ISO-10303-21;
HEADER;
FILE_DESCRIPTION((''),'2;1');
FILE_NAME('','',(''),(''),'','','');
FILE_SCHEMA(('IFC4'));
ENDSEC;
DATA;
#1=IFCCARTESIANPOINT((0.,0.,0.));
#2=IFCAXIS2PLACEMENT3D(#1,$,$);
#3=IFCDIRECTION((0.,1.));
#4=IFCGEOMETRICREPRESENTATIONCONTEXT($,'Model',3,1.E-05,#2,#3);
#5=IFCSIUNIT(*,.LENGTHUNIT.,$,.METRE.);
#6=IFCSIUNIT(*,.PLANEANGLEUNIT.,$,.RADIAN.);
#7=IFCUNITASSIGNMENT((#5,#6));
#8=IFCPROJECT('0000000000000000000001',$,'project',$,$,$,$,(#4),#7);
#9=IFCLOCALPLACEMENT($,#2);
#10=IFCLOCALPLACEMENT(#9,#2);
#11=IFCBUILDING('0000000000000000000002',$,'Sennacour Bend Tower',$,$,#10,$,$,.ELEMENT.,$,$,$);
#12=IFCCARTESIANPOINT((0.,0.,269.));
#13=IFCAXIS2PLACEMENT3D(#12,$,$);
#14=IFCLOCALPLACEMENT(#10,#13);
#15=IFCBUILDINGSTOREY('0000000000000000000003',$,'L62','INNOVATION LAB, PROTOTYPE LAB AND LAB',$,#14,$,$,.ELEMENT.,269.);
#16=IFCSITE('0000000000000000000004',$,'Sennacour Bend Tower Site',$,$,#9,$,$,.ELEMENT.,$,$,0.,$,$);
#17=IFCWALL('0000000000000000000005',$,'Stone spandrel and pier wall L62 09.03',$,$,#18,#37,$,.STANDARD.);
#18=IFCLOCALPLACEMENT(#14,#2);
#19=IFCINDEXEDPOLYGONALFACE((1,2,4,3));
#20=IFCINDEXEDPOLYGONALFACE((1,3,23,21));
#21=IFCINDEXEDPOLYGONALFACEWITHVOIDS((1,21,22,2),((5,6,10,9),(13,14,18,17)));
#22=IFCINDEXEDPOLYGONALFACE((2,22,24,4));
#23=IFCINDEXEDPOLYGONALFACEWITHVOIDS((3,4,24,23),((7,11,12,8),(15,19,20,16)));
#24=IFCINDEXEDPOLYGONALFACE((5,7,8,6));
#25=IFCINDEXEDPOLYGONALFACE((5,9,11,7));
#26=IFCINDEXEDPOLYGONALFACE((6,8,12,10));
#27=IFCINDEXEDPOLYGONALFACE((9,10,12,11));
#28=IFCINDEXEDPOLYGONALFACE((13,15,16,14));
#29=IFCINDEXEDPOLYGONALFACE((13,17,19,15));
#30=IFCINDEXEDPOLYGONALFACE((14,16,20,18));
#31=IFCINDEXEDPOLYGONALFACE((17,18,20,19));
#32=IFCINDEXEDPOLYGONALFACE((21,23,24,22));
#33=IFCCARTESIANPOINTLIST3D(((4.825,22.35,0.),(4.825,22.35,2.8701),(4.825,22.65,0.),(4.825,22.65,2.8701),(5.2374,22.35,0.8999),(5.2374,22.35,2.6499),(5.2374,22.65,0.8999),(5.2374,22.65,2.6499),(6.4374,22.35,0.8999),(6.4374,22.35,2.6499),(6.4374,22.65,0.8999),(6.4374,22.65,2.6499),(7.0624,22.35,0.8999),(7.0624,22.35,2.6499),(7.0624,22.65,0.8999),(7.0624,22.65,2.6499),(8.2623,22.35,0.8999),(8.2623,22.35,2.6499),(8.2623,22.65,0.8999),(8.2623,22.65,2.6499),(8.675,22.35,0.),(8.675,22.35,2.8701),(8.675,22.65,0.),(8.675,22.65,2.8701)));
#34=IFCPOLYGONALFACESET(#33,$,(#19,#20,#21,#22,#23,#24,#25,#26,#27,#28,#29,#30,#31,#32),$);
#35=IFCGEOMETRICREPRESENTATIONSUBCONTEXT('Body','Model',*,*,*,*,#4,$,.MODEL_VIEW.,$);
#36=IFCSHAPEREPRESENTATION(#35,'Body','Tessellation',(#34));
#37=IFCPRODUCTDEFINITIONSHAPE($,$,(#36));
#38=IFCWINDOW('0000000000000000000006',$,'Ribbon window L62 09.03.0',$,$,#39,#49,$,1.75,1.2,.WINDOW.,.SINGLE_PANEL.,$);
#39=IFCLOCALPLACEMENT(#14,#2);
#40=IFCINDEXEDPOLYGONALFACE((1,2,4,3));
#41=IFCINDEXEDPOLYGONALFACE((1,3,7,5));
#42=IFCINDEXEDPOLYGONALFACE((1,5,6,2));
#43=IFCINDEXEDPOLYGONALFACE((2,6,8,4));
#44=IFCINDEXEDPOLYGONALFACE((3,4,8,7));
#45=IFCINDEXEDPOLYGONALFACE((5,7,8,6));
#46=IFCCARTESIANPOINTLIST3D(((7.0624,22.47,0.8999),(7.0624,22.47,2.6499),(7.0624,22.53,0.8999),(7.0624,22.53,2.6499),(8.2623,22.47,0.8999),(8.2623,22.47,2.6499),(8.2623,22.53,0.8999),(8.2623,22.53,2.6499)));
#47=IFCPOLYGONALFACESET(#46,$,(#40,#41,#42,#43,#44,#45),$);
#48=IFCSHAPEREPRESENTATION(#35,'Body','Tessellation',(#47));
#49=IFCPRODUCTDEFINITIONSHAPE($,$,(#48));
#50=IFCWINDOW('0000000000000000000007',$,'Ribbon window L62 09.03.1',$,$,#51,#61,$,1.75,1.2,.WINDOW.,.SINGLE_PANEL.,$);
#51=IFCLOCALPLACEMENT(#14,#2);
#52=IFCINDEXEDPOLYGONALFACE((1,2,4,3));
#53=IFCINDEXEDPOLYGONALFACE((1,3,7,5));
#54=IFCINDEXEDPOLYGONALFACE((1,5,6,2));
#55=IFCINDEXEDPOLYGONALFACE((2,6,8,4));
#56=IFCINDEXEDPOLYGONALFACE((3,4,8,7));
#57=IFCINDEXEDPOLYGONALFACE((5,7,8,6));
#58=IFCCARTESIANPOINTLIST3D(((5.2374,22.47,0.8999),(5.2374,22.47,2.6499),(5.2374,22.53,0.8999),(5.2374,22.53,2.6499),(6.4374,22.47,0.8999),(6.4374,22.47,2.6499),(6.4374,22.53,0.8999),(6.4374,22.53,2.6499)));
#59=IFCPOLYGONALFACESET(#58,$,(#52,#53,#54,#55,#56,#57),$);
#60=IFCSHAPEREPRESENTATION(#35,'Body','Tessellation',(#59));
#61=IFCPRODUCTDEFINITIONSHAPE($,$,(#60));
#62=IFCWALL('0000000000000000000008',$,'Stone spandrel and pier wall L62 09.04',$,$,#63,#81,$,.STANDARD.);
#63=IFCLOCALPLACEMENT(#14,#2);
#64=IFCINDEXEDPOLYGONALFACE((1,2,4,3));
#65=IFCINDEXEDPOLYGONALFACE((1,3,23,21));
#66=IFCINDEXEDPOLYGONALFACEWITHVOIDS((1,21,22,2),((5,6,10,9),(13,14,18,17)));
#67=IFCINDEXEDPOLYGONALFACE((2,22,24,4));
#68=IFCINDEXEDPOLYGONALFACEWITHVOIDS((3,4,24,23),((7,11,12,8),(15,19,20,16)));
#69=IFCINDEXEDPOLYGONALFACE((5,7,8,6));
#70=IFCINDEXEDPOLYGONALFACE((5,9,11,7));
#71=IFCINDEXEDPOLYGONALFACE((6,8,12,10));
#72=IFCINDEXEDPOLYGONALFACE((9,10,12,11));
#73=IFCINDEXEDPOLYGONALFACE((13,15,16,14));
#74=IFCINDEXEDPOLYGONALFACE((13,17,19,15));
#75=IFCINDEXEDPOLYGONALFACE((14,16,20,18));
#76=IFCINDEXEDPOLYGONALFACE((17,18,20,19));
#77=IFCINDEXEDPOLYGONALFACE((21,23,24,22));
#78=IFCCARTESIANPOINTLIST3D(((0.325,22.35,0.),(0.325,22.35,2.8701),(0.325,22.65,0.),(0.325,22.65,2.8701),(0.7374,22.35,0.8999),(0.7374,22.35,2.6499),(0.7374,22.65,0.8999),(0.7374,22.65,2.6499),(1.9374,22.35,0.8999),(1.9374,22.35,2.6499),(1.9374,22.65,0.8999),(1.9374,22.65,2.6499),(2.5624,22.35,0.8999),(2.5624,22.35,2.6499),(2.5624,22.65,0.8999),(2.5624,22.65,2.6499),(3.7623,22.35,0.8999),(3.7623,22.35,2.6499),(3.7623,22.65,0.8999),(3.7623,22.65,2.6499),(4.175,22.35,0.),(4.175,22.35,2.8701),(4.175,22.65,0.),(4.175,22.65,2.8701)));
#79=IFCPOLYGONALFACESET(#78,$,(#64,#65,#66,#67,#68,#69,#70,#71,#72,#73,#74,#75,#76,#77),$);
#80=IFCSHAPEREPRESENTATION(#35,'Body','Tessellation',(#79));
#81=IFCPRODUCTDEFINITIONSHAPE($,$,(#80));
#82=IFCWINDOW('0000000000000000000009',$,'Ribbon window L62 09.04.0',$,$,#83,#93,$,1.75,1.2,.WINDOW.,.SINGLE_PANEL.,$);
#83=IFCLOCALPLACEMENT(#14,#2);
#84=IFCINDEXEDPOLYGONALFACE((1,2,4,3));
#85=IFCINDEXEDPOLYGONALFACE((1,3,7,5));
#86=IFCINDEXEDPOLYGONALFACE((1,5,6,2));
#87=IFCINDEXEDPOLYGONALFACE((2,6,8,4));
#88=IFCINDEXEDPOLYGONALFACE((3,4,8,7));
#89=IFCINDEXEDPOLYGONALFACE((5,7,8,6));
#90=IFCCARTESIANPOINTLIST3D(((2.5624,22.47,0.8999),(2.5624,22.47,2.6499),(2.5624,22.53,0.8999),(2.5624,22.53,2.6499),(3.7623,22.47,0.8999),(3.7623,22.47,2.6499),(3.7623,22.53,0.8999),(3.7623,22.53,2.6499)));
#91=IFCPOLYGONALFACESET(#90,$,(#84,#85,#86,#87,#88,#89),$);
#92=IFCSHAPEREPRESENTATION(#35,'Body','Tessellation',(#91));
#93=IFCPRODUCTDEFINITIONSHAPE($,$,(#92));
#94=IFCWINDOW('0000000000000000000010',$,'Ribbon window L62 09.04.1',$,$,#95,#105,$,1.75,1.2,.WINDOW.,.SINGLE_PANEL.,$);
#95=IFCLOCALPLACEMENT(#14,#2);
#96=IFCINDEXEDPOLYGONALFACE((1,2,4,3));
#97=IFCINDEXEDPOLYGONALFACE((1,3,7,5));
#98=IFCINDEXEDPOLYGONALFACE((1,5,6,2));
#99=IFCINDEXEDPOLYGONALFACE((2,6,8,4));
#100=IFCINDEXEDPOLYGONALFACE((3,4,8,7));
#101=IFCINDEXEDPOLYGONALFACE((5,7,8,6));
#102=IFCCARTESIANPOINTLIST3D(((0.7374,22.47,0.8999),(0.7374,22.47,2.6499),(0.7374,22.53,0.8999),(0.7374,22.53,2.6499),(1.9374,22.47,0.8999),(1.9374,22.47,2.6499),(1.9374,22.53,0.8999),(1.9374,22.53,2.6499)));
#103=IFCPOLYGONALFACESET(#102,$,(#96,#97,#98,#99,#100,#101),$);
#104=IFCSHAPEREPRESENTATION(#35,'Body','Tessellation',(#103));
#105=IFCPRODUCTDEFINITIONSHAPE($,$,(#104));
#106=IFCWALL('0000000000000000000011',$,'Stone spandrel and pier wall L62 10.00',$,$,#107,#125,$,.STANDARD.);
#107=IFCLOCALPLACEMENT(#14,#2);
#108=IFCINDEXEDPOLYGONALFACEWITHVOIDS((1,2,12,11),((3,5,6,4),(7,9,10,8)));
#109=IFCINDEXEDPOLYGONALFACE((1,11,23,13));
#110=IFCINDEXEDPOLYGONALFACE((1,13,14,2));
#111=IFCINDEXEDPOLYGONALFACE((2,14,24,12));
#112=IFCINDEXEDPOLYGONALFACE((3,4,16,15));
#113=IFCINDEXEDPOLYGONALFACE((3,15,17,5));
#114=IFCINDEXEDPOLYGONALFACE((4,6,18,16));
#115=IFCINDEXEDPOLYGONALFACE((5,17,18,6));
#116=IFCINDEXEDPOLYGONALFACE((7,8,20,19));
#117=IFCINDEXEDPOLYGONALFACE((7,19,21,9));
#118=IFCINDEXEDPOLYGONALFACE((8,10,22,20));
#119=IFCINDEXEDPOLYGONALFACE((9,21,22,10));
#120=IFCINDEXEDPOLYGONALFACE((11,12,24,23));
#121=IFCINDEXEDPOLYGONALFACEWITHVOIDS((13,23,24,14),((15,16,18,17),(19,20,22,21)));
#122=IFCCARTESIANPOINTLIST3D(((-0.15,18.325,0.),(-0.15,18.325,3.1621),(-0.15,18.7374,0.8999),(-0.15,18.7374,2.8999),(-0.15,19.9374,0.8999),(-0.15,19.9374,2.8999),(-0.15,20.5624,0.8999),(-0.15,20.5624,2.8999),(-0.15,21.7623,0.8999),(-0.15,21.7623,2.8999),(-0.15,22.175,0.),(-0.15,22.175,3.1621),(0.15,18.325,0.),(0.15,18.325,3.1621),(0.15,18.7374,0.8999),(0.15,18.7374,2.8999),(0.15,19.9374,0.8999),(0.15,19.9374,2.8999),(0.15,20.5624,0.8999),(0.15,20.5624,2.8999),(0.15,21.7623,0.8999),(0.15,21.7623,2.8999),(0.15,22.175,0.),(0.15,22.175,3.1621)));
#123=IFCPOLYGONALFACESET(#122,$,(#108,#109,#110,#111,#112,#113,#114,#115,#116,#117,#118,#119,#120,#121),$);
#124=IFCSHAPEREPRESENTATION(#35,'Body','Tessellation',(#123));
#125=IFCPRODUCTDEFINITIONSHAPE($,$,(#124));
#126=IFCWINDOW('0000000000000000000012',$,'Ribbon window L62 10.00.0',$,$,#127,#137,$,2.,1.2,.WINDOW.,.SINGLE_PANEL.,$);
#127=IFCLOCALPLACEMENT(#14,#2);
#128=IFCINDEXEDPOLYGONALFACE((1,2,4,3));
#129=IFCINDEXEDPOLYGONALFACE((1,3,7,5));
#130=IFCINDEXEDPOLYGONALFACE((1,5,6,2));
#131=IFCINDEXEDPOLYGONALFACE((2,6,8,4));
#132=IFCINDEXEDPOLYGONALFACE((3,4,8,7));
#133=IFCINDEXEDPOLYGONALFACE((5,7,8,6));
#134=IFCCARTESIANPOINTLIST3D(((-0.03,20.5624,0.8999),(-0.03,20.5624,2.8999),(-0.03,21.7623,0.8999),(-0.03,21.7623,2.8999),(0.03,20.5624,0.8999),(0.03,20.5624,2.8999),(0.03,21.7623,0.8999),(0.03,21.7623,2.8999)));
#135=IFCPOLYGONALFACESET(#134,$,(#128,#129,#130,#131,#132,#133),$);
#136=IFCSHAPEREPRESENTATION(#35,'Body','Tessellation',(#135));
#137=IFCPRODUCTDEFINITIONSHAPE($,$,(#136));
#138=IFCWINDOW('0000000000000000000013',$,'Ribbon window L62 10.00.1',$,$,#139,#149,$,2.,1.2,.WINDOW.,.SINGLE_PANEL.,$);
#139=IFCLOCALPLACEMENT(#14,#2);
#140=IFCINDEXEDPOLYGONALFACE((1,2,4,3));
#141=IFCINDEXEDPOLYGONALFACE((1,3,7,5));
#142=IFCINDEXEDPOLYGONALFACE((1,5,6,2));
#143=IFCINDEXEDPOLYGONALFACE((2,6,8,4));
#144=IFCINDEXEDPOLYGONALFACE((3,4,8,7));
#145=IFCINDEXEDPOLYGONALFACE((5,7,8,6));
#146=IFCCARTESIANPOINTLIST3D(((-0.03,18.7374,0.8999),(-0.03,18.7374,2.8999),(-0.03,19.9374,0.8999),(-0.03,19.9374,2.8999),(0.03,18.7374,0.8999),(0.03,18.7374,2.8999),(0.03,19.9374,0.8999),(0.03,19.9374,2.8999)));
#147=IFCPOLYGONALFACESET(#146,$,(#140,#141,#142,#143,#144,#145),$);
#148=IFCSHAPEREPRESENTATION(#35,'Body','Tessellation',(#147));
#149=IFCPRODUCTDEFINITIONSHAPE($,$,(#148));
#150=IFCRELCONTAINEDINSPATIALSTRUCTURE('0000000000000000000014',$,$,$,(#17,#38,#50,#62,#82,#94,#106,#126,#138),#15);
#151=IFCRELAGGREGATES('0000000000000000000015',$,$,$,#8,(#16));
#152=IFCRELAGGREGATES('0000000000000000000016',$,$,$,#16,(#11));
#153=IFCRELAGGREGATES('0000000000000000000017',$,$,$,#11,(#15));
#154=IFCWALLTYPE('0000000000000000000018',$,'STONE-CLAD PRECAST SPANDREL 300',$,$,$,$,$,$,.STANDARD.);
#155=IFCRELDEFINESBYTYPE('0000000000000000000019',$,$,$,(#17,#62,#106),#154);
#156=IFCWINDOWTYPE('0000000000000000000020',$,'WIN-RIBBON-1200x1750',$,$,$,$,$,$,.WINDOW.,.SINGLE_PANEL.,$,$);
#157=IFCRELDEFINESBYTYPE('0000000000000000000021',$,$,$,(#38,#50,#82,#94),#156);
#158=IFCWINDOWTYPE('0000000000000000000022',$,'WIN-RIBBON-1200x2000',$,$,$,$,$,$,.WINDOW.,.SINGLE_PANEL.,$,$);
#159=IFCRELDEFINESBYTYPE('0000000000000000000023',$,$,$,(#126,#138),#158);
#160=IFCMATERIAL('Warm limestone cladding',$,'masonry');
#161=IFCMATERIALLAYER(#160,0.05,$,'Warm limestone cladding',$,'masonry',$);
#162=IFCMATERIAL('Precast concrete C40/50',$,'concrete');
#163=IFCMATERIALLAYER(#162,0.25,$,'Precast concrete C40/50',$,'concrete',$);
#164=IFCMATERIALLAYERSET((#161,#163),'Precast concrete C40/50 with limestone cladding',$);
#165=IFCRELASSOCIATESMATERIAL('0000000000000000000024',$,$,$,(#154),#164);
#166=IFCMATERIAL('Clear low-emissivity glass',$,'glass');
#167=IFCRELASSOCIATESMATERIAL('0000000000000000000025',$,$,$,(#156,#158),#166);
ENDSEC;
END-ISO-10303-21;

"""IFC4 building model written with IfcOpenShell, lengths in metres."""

from ifc_helpers import new_model, si_unit, direction, frame, frame_2d, origin, place, context, subcontext, project, spatial, rectangle, extrude, material, layer, layer_set, type_object, element, fill, save


model = new_model("IFC4")

# Units and contexts
model_context = context("Model", 3, precision=1e-05, world=origin(), true_north=direction((0.0, 1.0)))
body_context = subcontext(model_context, "Body", "Model", "MODEL_VIEW")
ifc_project = project(units=[si_unit("LENGTHUNIT", "METRE"), si_unit("PLANEANGLEUNIT", "RADIAN")], contexts=[model_context])

# Site, building, storey
site_placement = place(None, origin())
site = spatial("IfcSite", under=ifc_project, at=site_placement, Name="Sennacour Bend Tower Site", CompositionType="ELEMENT", RefElevation=0.0)
building_placement = place(site_placement, origin())
building = spatial("IfcBuilding", under=site, at=building_placement, Name="Sennacour Bend Tower", CompositionType="ELEMENT")
storey_placement = place(building_placement, frame((0.0, 0.0, 269.0)))
storey = spatial("IfcBuildingStorey", under=building, at=storey_placement, Name="L62", Description="INNOVATION LAB, PROTOTYPE LAB AND LAB", CompositionType="ELEMENT", Elevation=269.0)

# Walls, openings, windows
ifc_material_1 = material(Name="Warm limestone cladding", Category="masonry")
ifc_layer_1 = layer(ifc_material_1, 0.05, Name="Warm limestone cladding", Category="masonry")
ifc_material_2 = material(Name="Precast concrete C40/50", Category="concrete")
ifc_layer_2 = layer(ifc_material_2, 0.25, Name="Precast concrete C40/50", Category="concrete")
ifc_layer_set = layer_set([ifc_layer_1, ifc_layer_2], Name="Precast concrete C40/50 with limestone cladding")
wall_type = type_object("IfcWallType", Name="STONE-CLAD PRECAST SPANDREL 300", PredefinedType="STANDARD", material=ifc_layer_set)
wall_1_placement = place(storey_placement, frame((8.675, 22.5, 0.0), z_axis=(0.0, 0.0, 1.0), x_axis=(-1.0, 0.0, 0.0)))
wall_1 = element("IfcWall", 1, at=wall_1_placement, inside=storey, type_object=wall_type, Name="Stone spandrel and pier wall L62 09.03", PredefinedType="STANDARD", context=body_context, shape_type="SweptSolid", body=[
    extrude(rectangle(XDim=3.8501, YDim=0.3, at=frame_2d((1.925, 0.0))), origin(), (0.0, 0.0, 1.0), 2.8701),
])
opening_1_placement = place(wall_1_placement, frame((0.4126, 0.0, 0.8999)))
opening_1 = element("IfcOpeningElement", 2, at=opening_1_placement, cuts=wall_1, PredefinedType="OPENING", context=body_context, shape_type="SweptSolid", body=[
    extrude(rectangle(XDim=1.2, YDim=1.75, at=frame_2d((0.6001, 0.875))), frame((0.0, 0.1602, 0.0), z_axis=(0.0, -1.0, 0.0), x_axis=(1.0, 0.0, 0.0)), (0.0, 0.0, 1.0), 0.3201),
])
opening_2_placement = place(wall_1_placement, frame((2.2375, 0.0, 0.8999)))
opening_2 = element("IfcOpeningElement", 3, at=opening_2_placement, cuts=wall_1, PredefinedType="OPENING", context=body_context, shape_type="SweptSolid", body=[
    extrude(rectangle(XDim=1.2, YDim=1.75, at=frame_2d((0.6001, 0.875))), frame((0.0, 0.1602, 0.0), z_axis=(0.0, -1.0, 0.0), x_axis=(1.0, 0.0, 0.0)), (0.0, 0.0, 1.0), 0.3201),
])
ifc_material_3 = material(Name="Clear low-emissivity glass", Category="glass")
window_type_1 = type_object("IfcWindowType", Name="WIN-RIBBON-1200x1750", PartitioningType="SINGLE_PANEL", PredefinedType="WINDOW", material=ifc_material_3)
window_1_placement = place(opening_1_placement, origin())
window_1 = element("IfcWindow", 4, at=window_1_placement, inside=storey, type_object=window_type_1, Name="Ribbon window L62 09.03.0", OverallHeight=1.75, OverallWidth=1.2, PartitioningType="SINGLE_PANEL", PredefinedType="WINDOW", context=body_context, shape_type="SweptSolid", body=[
    extrude(rectangle(XDim=1.2, YDim=1.75, at=frame_2d((0.6001, 0.875))), frame((0.0, 0.03, 0.0), z_axis=(0.0, -1.0, 0.0), x_axis=(1.0, 0.0, 0.0)), (0.0, 0.0, 1.0), 0.0601),
])
fill(opening_1, window_1)
window_2_placement = place(opening_2_placement, origin())
window_2 = element("IfcWindow", 5, at=window_2_placement, inside=storey, type_object=window_type_1, Name="Ribbon window L62 09.03.1", OverallHeight=1.75, OverallWidth=1.2, PartitioningType="SINGLE_PANEL", PredefinedType="WINDOW", context=body_context, shape_type="SweptSolid", body=[
    extrude(rectangle(XDim=1.2, YDim=1.75, at=frame_2d((0.6001, 0.875))), frame((0.0, 0.03, 0.0), z_axis=(0.0, -1.0, 0.0), x_axis=(1.0, 0.0, 0.0)), (0.0, 0.0, 1.0), 0.0601),
])
fill(opening_2, window_2)
wall_2_placement = place(storey_placement, frame((4.175, 22.5, 0.0), z_axis=(0.0, 0.0, 1.0), x_axis=(-1.0, 0.0, 0.0)))
wall_2 = element("IfcWall", 6, at=wall_2_placement, inside=storey, type_object=wall_type, Name="Stone spandrel and pier wall L62 09.04", PredefinedType="STANDARD", context=body_context, shape_type="SweptSolid", body=[
    extrude(rectangle(XDim=3.8501, YDim=0.3, at=frame_2d((1.925, 0.0))), origin(), (0.0, 0.0, 1.0), 2.8701),
])
opening_3_placement = place(wall_2_placement, frame((0.4126, 0.0, 0.8999)))
opening_3 = element("IfcOpeningElement", 7, at=opening_3_placement, cuts=wall_2, PredefinedType="OPENING", context=body_context, shape_type="SweptSolid", body=[
    extrude(rectangle(XDim=1.2, YDim=1.75, at=frame_2d((0.6001, 0.875))), frame((0.0, 0.1602, 0.0), z_axis=(0.0, -1.0, 0.0), x_axis=(1.0, 0.0, 0.0)), (0.0, 0.0, 1.0), 0.3201),
])
opening_4_placement = place(wall_2_placement, frame((2.2375, 0.0, 0.8999)))
opening_4 = element("IfcOpeningElement", 8, at=opening_4_placement, cuts=wall_2, PredefinedType="OPENING", context=body_context, shape_type="SweptSolid", body=[
    extrude(rectangle(XDim=1.2, YDim=1.75, at=frame_2d((0.6001, 0.875))), frame((0.0, 0.1602, 0.0), z_axis=(0.0, -1.0, 0.0), x_axis=(1.0, 0.0, 0.0)), (0.0, 0.0, 1.0), 0.3201),
])
window_3_placement = place(opening_3_placement, origin())
window_3 = element("IfcWindow", 9, at=window_3_placement, inside=storey, type_object=window_type_1, Name="Ribbon window L62 09.04.0", OverallHeight=1.75, OverallWidth=1.2, PartitioningType="SINGLE_PANEL", PredefinedType="WINDOW", context=body_context, shape_type="SweptSolid", body=[
    extrude(rectangle(XDim=1.2, YDim=1.75, at=frame_2d((0.6001, 0.875))), frame((0.0, 0.03, 0.0), z_axis=(0.0, -1.0, 0.0), x_axis=(1.0, 0.0, 0.0)), (0.0, 0.0, 1.0), 0.0601),
])
fill(opening_3, window_3)
window_4_placement = place(opening_4_placement, origin())
window_4 = element("IfcWindow", 10, at=window_4_placement, inside=storey, type_object=window_type_1, Name="Ribbon window L62 09.04.1", OverallHeight=1.75, OverallWidth=1.2, PartitioningType="SINGLE_PANEL", PredefinedType="WINDOW", context=body_context, shape_type="SweptSolid", body=[
    extrude(rectangle(XDim=1.2, YDim=1.75, at=frame_2d((0.6001, 0.875))), frame((0.0, 0.03, 0.0), z_axis=(0.0, -1.0, 0.0), x_axis=(1.0, 0.0, 0.0)), (0.0, 0.0, 1.0), 0.0601),
])
fill(opening_4, window_4)
wall_3_placement = place(storey_placement, frame((0.0, 22.175, 0.0), z_axis=(0.0, 0.0, 1.0), x_axis=(0.0, -1.0, 0.0)))
wall_3 = element("IfcWall", 11, at=wall_3_placement, inside=storey, type_object=wall_type, Name="Stone spandrel and pier wall L62 10.00", PredefinedType="STANDARD", context=body_context, shape_type="SweptSolid", body=[
    extrude(rectangle(XDim=3.8501, YDim=0.3, at=frame_2d((1.925, 0.0))), origin(), (0.0, 0.0, 1.0), 3.1621),
])
opening_5_placement = place(wall_3_placement, frame((0.4126, 0.0, 0.8999)))
opening_5 = element("IfcOpeningElement", 12, at=opening_5_placement, cuts=wall_3, PredefinedType="OPENING", context=body_context, shape_type="SweptSolid", body=[
    extrude(rectangle(XDim=1.2, YDim=2.0, at=frame_2d((0.6001, 1.0))), frame((0.0, 0.1602, 0.0), z_axis=(0.0, -1.0, 0.0), x_axis=(1.0, 0.0, 0.0)), (0.0, 0.0, 1.0), 0.3201),
])
opening_6_placement = place(wall_3_placement, frame((2.2375, 0.0, 0.8999)))
opening_6 = element("IfcOpeningElement", 13, at=opening_6_placement, cuts=wall_3, PredefinedType="OPENING", context=body_context, shape_type="SweptSolid", body=[
    extrude(rectangle(XDim=1.2, YDim=2.0, at=frame_2d((0.6001, 1.0))), frame((0.0, 0.1602, 0.0), z_axis=(0.0, -1.0, 0.0), x_axis=(1.0, 0.0, 0.0)), (0.0, 0.0, 1.0), 0.3201),
])
window_type_2 = type_object("IfcWindowType", Name="WIN-RIBBON-1200x2000", PartitioningType="SINGLE_PANEL", PredefinedType="WINDOW", material=ifc_material_3)
window_5_placement = place(opening_5_placement, origin())
window_5 = element("IfcWindow", 14, at=window_5_placement, inside=storey, type_object=window_type_2, Name="Ribbon window L62 10.00.0", OverallHeight=2.0, OverallWidth=1.2, PartitioningType="SINGLE_PANEL", PredefinedType="WINDOW", context=body_context, shape_type="SweptSolid", body=[
    extrude(rectangle(XDim=1.2, YDim=2.0, at=frame_2d((0.6001, 1.0))), frame((0.0, 0.03, 0.0), z_axis=(0.0, -1.0, 0.0), x_axis=(1.0, 0.0, 0.0)), (0.0, 0.0, 1.0), 0.0601),
])
fill(opening_5, window_5)
window_6_placement = place(opening_6_placement, origin())
window_6 = element("IfcWindow", 15, at=window_6_placement, inside=storey, type_object=window_type_2, Name="Ribbon window L62 10.00.1", OverallHeight=2.0, OverallWidth=1.2, PartitioningType="SINGLE_PANEL", PredefinedType="WINDOW", context=body_context, shape_type="SweptSolid", body=[
    extrude(rectangle(XDim=1.2, YDim=2.0, at=frame_2d((0.6001, 1.0))), frame((0.0, 0.03, 0.0), z_axis=(0.0, -1.0, 0.0), x_axis=(1.0, 0.0, 0.0)), (0.0, 0.0, 1.0), 0.0601),
])
fill(opening_6, window_6)

save(model, "model.ifc")
